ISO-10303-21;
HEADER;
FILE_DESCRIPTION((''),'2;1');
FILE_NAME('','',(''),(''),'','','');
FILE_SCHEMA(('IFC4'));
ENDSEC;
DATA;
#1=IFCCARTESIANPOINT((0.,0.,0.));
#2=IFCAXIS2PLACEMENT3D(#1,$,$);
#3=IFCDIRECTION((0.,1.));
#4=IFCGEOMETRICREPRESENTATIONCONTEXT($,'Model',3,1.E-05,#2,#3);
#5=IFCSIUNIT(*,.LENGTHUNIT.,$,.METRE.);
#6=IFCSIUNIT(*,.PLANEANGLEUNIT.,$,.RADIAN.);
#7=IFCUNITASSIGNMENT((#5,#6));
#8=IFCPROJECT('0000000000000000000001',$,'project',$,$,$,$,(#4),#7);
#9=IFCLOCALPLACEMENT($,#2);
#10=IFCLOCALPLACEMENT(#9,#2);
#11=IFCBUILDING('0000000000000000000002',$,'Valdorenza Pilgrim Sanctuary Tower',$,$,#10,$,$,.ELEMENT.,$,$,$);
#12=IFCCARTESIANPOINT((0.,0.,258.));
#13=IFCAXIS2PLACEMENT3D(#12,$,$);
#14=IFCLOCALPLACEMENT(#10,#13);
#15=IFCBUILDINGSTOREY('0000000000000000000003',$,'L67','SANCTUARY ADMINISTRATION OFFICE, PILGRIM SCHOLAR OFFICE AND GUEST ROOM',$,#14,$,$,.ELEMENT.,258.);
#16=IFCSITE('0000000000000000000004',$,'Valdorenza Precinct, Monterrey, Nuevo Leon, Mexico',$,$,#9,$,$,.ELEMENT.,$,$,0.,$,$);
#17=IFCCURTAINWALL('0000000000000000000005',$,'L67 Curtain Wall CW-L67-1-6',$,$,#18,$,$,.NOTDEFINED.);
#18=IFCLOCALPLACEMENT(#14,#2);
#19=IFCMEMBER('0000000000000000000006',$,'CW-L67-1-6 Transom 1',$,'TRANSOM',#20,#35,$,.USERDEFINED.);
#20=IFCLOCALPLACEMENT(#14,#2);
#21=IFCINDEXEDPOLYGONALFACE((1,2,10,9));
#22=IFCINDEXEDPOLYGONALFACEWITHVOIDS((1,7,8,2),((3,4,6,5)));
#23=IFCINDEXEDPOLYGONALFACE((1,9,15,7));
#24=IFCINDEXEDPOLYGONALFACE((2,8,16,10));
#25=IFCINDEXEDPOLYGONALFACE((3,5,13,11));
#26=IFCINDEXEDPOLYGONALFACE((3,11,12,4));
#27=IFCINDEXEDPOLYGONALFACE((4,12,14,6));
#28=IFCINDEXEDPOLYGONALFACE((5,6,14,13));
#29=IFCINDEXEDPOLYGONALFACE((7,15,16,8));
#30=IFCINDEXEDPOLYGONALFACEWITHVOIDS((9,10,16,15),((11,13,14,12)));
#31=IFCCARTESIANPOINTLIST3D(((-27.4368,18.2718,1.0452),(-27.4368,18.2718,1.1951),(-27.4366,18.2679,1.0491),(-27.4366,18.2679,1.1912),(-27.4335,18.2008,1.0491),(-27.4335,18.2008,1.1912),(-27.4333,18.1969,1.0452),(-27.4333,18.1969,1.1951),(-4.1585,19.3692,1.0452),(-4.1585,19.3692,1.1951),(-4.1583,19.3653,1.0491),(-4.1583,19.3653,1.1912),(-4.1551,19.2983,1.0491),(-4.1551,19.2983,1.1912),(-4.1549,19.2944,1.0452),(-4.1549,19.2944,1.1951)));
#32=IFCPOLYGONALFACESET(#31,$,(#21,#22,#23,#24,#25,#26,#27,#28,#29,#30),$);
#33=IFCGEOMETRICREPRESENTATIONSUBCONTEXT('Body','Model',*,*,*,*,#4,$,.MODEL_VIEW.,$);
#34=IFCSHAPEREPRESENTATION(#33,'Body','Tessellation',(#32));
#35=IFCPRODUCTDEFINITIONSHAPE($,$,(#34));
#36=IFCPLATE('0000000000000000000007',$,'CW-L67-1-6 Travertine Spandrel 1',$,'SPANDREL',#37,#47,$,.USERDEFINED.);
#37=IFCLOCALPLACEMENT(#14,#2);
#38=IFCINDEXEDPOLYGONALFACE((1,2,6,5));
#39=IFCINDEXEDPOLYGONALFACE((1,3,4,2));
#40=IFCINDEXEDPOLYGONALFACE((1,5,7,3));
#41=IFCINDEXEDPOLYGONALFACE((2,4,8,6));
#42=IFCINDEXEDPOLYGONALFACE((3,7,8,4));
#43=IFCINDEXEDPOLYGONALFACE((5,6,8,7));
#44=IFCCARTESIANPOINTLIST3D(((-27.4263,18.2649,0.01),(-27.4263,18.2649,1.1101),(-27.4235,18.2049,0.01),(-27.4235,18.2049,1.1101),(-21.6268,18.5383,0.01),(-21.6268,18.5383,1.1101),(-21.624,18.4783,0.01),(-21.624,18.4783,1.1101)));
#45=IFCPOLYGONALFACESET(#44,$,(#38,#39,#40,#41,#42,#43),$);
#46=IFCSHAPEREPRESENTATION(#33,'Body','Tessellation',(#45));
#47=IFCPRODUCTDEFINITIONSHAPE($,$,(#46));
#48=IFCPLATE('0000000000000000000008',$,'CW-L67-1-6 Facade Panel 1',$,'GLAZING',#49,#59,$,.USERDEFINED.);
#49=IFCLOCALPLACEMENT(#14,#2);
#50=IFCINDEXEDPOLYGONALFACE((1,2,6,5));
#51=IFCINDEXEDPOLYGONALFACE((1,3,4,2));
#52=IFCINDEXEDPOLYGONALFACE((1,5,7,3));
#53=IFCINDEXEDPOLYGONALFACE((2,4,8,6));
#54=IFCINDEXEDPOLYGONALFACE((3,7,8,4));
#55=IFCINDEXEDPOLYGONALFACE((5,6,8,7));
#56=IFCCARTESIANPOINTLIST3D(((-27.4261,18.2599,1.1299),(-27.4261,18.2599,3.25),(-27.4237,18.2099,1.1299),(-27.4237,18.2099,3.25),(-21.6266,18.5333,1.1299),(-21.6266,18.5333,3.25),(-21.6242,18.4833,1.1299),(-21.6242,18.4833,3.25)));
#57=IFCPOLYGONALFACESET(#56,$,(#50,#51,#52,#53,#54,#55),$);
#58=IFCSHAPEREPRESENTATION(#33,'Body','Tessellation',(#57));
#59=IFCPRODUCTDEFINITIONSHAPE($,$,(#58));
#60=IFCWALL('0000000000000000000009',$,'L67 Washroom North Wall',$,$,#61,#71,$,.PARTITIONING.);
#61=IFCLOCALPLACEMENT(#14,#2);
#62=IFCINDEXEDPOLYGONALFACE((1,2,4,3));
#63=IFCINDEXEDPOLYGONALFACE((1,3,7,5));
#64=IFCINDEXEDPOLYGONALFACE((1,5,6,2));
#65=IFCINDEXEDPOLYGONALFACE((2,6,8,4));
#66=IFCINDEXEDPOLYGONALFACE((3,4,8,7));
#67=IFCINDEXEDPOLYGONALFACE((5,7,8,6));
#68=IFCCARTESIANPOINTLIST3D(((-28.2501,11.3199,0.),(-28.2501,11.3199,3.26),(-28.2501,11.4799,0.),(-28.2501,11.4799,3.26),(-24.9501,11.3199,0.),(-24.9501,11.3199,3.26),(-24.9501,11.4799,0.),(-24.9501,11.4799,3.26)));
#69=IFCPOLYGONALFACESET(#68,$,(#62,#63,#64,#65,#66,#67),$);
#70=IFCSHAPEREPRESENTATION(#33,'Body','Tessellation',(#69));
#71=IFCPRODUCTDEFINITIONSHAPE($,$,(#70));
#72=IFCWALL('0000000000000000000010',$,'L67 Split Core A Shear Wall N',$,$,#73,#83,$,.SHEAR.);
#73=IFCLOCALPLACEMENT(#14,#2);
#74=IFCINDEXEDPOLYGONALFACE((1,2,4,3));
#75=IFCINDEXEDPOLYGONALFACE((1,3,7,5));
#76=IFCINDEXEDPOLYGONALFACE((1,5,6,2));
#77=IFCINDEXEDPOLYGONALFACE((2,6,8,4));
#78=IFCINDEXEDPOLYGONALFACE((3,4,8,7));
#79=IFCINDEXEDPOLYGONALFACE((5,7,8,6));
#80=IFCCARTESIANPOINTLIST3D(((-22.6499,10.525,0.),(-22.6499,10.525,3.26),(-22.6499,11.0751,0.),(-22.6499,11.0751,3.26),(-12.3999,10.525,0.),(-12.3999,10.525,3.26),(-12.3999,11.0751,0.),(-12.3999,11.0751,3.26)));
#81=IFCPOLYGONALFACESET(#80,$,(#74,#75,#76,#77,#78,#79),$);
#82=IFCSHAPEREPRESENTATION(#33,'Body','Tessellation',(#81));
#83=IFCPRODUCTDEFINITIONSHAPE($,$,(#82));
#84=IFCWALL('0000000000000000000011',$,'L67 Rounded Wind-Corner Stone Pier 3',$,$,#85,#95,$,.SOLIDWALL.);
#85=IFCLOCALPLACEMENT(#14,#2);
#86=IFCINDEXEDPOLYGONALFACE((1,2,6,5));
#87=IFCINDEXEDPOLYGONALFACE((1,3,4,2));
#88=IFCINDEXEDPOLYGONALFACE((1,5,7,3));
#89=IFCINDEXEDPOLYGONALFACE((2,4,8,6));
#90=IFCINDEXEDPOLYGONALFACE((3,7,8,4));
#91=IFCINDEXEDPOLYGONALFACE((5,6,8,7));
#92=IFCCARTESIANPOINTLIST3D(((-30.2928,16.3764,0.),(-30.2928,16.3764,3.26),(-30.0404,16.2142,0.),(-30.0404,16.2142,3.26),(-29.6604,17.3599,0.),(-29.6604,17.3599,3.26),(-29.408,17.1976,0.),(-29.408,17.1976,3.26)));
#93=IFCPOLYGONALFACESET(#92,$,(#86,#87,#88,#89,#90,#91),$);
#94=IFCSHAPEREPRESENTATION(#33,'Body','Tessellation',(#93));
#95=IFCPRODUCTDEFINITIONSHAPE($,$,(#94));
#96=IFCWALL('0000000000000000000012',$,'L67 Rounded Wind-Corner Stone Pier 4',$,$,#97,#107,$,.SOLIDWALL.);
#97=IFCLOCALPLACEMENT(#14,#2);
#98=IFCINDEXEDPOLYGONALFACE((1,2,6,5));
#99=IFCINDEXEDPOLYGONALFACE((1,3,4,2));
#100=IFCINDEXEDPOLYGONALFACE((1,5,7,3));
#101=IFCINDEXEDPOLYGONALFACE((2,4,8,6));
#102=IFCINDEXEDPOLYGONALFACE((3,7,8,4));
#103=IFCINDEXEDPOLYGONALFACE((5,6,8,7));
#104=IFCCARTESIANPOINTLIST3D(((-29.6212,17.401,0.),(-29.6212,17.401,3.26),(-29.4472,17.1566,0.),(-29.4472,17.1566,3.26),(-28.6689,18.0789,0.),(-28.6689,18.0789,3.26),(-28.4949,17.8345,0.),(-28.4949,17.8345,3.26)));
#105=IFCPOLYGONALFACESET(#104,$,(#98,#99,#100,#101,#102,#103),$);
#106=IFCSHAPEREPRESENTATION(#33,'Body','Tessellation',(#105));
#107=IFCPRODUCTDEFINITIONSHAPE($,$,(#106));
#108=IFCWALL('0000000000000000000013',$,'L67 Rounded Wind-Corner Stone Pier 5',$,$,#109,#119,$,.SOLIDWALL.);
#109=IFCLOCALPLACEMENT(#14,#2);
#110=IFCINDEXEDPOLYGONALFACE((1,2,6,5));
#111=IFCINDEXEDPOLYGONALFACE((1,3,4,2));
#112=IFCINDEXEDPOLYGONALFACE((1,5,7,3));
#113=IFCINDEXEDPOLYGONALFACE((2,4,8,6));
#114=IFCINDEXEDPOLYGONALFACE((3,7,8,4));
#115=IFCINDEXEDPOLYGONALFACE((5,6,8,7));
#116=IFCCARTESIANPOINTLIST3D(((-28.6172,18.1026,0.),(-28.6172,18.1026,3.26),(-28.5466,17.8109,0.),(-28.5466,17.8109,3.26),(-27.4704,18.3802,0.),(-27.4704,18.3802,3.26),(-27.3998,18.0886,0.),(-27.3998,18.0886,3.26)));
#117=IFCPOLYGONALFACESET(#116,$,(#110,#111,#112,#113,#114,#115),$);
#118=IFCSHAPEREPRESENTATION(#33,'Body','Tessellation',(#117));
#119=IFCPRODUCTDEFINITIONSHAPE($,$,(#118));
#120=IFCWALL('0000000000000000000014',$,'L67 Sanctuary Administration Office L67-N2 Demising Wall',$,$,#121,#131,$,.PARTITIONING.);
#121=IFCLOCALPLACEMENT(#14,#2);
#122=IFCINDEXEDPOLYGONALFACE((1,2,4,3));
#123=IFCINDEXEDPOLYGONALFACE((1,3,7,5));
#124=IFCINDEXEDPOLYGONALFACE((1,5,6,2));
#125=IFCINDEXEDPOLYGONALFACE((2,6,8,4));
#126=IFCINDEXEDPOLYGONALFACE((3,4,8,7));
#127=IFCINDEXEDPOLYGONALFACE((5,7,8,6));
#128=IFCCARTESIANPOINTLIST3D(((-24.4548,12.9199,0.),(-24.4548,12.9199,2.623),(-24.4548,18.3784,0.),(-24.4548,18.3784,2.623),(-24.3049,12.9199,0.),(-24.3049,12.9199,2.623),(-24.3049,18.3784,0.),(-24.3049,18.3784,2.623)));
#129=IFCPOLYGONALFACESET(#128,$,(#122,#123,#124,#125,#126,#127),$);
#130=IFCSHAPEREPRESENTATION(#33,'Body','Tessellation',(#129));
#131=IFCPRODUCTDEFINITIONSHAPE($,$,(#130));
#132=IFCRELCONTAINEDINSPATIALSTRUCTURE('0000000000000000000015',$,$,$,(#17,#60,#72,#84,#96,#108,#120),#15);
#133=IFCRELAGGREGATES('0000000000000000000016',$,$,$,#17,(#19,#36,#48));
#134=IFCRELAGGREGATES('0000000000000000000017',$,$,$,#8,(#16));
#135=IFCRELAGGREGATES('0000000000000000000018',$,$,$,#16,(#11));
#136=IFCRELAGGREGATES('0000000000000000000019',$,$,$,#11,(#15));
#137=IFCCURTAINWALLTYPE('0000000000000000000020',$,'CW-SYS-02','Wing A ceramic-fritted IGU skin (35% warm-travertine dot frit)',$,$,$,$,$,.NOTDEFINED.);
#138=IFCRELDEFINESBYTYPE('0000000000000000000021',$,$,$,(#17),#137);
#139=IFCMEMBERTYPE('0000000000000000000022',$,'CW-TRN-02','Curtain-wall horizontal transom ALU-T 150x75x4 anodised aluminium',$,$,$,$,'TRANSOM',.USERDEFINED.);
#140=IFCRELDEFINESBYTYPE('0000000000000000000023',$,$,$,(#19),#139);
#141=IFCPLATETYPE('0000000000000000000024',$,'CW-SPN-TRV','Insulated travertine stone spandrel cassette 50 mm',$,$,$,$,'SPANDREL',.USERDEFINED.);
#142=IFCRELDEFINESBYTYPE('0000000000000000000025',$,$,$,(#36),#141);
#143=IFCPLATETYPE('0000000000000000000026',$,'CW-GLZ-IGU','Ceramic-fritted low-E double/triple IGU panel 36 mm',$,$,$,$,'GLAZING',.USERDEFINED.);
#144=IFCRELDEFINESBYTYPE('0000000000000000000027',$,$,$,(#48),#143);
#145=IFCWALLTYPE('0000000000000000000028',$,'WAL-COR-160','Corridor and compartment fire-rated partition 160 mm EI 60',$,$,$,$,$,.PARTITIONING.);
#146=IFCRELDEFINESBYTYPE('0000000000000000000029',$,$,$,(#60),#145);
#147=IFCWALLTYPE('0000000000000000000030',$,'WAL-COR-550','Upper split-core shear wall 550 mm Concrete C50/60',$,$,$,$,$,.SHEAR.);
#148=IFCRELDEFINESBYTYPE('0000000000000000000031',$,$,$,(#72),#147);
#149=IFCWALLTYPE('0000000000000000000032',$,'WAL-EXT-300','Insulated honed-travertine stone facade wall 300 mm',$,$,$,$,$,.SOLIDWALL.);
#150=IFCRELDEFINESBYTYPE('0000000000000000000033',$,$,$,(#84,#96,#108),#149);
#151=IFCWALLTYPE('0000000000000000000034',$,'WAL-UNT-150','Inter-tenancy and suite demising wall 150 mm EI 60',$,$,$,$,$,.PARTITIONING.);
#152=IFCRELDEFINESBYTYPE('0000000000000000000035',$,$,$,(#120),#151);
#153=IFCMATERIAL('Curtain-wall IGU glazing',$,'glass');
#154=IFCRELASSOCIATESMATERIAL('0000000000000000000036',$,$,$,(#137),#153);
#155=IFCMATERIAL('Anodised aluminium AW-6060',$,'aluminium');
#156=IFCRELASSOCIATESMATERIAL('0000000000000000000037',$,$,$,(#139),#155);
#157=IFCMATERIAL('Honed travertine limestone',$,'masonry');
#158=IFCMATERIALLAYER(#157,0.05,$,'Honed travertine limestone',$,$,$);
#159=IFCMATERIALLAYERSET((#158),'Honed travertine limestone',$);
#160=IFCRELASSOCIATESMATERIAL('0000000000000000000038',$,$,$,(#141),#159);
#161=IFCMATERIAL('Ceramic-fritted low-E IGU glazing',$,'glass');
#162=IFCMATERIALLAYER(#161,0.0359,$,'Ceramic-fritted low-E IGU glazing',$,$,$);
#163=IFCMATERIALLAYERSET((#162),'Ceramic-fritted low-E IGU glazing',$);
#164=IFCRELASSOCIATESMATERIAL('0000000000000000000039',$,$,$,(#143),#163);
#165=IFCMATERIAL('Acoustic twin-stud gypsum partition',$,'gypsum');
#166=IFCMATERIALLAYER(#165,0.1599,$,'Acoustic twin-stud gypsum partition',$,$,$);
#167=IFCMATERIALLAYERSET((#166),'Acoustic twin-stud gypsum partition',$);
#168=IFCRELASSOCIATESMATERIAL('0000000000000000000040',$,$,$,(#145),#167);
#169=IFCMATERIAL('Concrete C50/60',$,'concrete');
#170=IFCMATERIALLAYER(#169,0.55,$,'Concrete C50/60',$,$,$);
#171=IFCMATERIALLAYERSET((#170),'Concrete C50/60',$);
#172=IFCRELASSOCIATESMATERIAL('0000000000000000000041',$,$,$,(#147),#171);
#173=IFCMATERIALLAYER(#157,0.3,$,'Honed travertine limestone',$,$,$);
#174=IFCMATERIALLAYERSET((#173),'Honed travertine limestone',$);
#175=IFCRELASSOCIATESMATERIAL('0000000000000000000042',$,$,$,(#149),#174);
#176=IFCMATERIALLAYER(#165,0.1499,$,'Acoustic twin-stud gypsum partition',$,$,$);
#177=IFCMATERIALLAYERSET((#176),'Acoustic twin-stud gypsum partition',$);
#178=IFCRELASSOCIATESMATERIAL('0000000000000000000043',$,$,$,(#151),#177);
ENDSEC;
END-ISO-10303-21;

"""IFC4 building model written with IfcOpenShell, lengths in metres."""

from ifc_helpers import new_model, si_unit, direction, frame, frame_2d, origin, origin_2d, place, context, subcontext, project, spatial, rectangle, hollow_rectangle, extrude, source, transform, mapped, material, layer, layer_set, material_profile, profile_set, type_object, element, aggregate, save


model = new_model("IFC4")

# Units and contexts
model_context = context("Model", 3, precision=1e-05, world=origin(), true_north=direction((0.0, 1.0)))
body_context = subcontext(model_context, "Body", "Model", "MODEL_VIEW")
ifc_project = project(units=[si_unit("LENGTHUNIT", "METRE"), si_unit("PLANEANGLEUNIT", "RADIAN")], contexts=[model_context])

# Site, building, storey
site_placement = place(None, origin())
site = spatial("IfcSite", under=ifc_project, at=site_placement, Name="Valdorenza Precinct, Monterrey, Nuevo Leon, Mexico", CompositionType="ELEMENT", RefElevation=0.0)
building_placement = place(site_placement, origin())
building = spatial("IfcBuilding", under=site, at=building_placement, Name="Valdorenza Pilgrim Sanctuary Tower", CompositionType="ELEMENT")
storey_placement = place(building_placement, frame((0.0, 0.0, 258.0)))
storey = spatial("IfcBuildingStorey", under=building, at=storey_placement, Name="L67", Description="SANCTUARY ADMINISTRATION OFFICE, PILGRIM SCHOLAR OFFICE AND GUEST ROOM", CompositionType="ELEMENT", Elevation=258.0)

# Shared definitions
ifc_material_1 = material(Name="Concrete C50/60", Category="concrete")

# Curtain wall, member, plates
ifc_material_2 = material(Name="Curtain-wall IGU glazing", Category="glass")
curtain_wall_type = type_object("IfcCurtainWallType", Name="CW-SYS-02", Description="Wing A ceramic-fritted IGU skin (35% warm-travertine dot frit)", PredefinedType="NOTDEFINED", material=ifc_material_2)
curtain_wall_placement = place(storey_placement, origin())
curtain_wall = element("IfcCurtainWall", 1, at=curtain_wall_placement, inside=storey, type_object=curtain_wall_type, Name="L67 Curtain Wall CW-L67-1-6", PredefinedType="NOTDEFINED")
ifc_material_3 = material(Name="Anodised aluminium AW-6060", Category="aluminium")
ifc_material_profile_1 = material_profile(ifc_material_3, hollow_rectangle(XDim=0.075, YDim=0.1499, WallThickness=0.0039, at=origin_2d()), Name="ALU-T 150x75x4")
ifc_profile_set_1 = profile_set([ifc_material_profile_1], Name="Anodised aluminium AW-6060")
member_type_1 = type_object("IfcMemberType", Name="CW-TRN-02", Description="Curtain-wall horizontal transom ALU-T 150x75x4 anodised aluminium", ElementType="TRANSOM", PredefinedType="USERDEFINED", material=ifc_profile_set_1)
shared_shape_1 = source(origin(), body_context, "Body", "SweptSolid", [
    extrude(hollow_rectangle(XDim=0.075, YDim=0.1499, WallThickness=0.0039, at=origin_2d()), origin(), (0.0, 0.0, 1.0), 23.3042),
])
member_1_placement = place(storey_placement, frame((-27.4351, 18.2344, 1.1201), z_axis=(0.998891, 0.047091, 0.0), x_axis=(-0.047091, 0.998891, 0.0)))
member_1 = element("IfcMember", 2, at=member_1_placement, type_object=member_type_1, Name="CW-L67-1-6 Transom 1", ObjectType="TRANSOM", PredefinedType="USERDEFINED", context=body_context, shape_type="MappedRepresentation", body=[
    mapped(shared_shape_1, transform((0.0, 0.0, 0.0), x_axis=(1.0, 0.0, 0.0), y_axis=(0.0, 1.0, 0.0), z_axis=(0.0, 0.0, 1.0), scale=1.0)),
])
ifc_material_4 = material(Name="Honed travertine limestone", Category="masonry")
ifc_layer_1 = layer(ifc_material_4, 0.05, Name="Honed travertine limestone")
ifc_layer_set_1 = layer_set([ifc_layer_1], Name="Honed travertine limestone")
plate_type_1 = type_object("IfcPlateType", Name="CW-SPN-TRV", Description="Insulated travertine stone spandrel cassette 50 mm", ElementType="SPANDREL", PredefinedType="USERDEFINED", material=ifc_layer_set_1)
shared_shape_2 = source(origin(), body_context, "Body", "SweptSolid", [
    extrude(rectangle(XDim=5.8059, YDim=0.0601, at=origin_2d()), origin(), (0.0, 0.0, 1.0), 1.1001),
])
plate_1_placement = place(storey_placement, frame((-24.5251, 18.3716, 0.01), z_axis=(0.0, 0.0, 1.0), x_axis=(0.998891, 0.047089, 0.0)))
plate_1 = element("IfcPlate", 3, at=plate_1_placement, type_object=plate_type_1, Name="CW-L67-1-6 Travertine Spandrel 1", ObjectType="SPANDREL", PredefinedType="USERDEFINED", context=body_context, shape_type="MappedRepresentation", body=[
    mapped(shared_shape_2, transform((0.0, 0.0, 0.0), x_axis=(1.0, 0.0, 0.0), y_axis=(0.0, 1.0, 0.0), z_axis=(0.0, 0.0, 1.0), scale=1.0)),
])
ifc_material_5 = material(Name="Ceramic-fritted low-E IGU glazing", Category="glass")
ifc_layer_2 = layer(ifc_material_5, 0.0359, Name="Ceramic-fritted low-E IGU glazing")
ifc_layer_set_2 = layer_set([ifc_layer_2], Name="Ceramic-fritted low-E IGU glazing")
plate_type_2 = type_object("IfcPlateType", Name="CW-GLZ-IGU", Description="Ceramic-fritted low-E double/triple IGU panel 36 mm", ElementType="GLAZING", PredefinedType="USERDEFINED", material=ifc_layer_set_2)
shared_shape_3 = source(origin(), body_context, "Body", "SweptSolid", [
    extrude(rectangle(XDim=5.8059, YDim=0.05, at=origin_2d()), origin(), (0.0, 0.0, 1.0), 2.1201),
])
plate_2_placement = place(storey_placement, frame((-24.5251, 18.3716, 1.1299), z_axis=(0.0, 0.0, 1.0), x_axis=(0.998891, 0.047089, 0.0)))
plate_2 = element("IfcPlate", 4, at=plate_2_placement, type_object=plate_type_2, Name="CW-L67-1-6 Facade Panel 1", ObjectType="GLAZING", PredefinedType="USERDEFINED", context=body_context, shape_type="MappedRepresentation", body=[
    mapped(shared_shape_3, transform((0.0, 0.0, 0.0), x_axis=(1.0, 0.0, 0.0), y_axis=(0.0, 1.0, 0.0), z_axis=(0.0, 0.0, 1.0), scale=1.0)),
])
aggregate(curtain_wall, [member_1, plate_1, plate_2])

# Walls
ifc_material_6 = material(Name="Acoustic twin-stud gypsum partition", Category="gypsum")
ifc_layer_3 = layer(ifc_material_6, 0.1599, Name="Acoustic twin-stud gypsum partition")
ifc_layer_set_3 = layer_set([ifc_layer_3], Name="Acoustic twin-stud gypsum partition")
wall_type_1 = type_object("IfcWallType", Name="WAL-COR-160", Description="Corridor and compartment fire-rated partition 160 mm EI 60", PredefinedType="PARTITIONING", material=ifc_layer_set_3)
wall_1_placement = place(storey_placement, frame((-28.25, 11.3999, 0.0), z_axis=(0.0, 0.0, 1.0), x_axis=(1.0, 0.0, 0.0)))
element("IfcWall", 5, at=wall_1_placement, inside=storey, type_object=wall_type_1, Name="L67 Washroom North Wall", PredefinedType="PARTITIONING", context=body_context, shape_type="SweptSolid", body=[
    extrude(rectangle(XDim=3.3, YDim=0.1599, at=frame_2d((1.6499, 0.0))), origin(), (0.0, 0.0, 1.0), 3.26),
])
ifc_layer_4 = layer(ifc_material_1, 0.55, Name="Concrete C50/60")
ifc_layer_set_4 = layer_set([ifc_layer_4], Name="Concrete C50/60")
wall_type_2 = type_object("IfcWallType", Name="WAL-COR-550", Description="Upper split-core shear wall 550 mm Concrete C50/60", PredefinedType="SHEAR", material=ifc_layer_set_4)
wall_2_placement = place(storey_placement, frame((-22.6499, 10.8, 0.0), z_axis=(0.0, 0.0, 1.0), x_axis=(1.0, 0.0, 0.0)))
element("IfcWall", 6, at=wall_2_placement, inside=storey, type_object=wall_type_2, Name="L67 Split Core A Shear Wall N", PredefinedType="SHEAR", context=body_context, shape_type="SweptSolid", body=[
    extrude(rectangle(XDim=10.25, YDim=0.55, at=frame_2d((5.125, 0.0))), origin(), (0.0, 0.0, 1.0), 3.26),
])
ifc_layer_5 = layer(ifc_material_4, 0.3, Name="Honed travertine limestone")
ifc_layer_set_5 = layer_set([ifc_layer_5], Name="Honed travertine limestone")
wall_type_3 = type_object("IfcWallType", Name="WAL-EXT-300", Description="Insulated honed-travertine stone facade wall 300 mm", PredefinedType="SOLIDWALL", material=ifc_layer_set_5)
wall_3_placement = place(storey_placement, frame((-30.1665, 16.2954, 0.0), z_axis=(0.0, 0.0, 1.0), x_axis=(0.540842, 0.841124, 0.0)))
element("IfcWall", 7, at=wall_3_placement, inside=storey, type_object=wall_type_3, Name="L67 Rounded Wind-Corner Stone Pier 3", PredefinedType="SOLIDWALL", context=body_context, shape_type="SweptSolid", body=[
    extrude(rectangle(XDim=1.1692, YDim=0.3, at=frame_2d((0.5845, 0.0))), origin(), (0.0, 0.0, 1.0), 3.26),
])
wall_4_placement = place(storey_placement, frame((-29.5342, 17.2788, 0.0), z_axis=(0.0, 0.0, 1.0), x_axis=(0.814664, 0.579934, 0.0)))
element("IfcWall", 8, at=wall_4_placement, inside=storey, type_object=wall_type_3, Name="L67 Rounded Wind-Corner Stone Pier 4", PredefinedType="SOLIDWALL", context=body_context, shape_type="SweptSolid", body=[
    extrude(rectangle(XDim=1.1689, YDim=0.3, at=frame_2d((0.5845, 0.0))), origin(), (0.0, 0.0, 1.0), 3.26),
])
wall_5_placement = place(storey_placement, frame((-28.5818, 17.9568, 0.0), z_axis=(0.0, 0.0, 1.0), x_axis=(0.971929, 0.235274, 0.0)))
element("IfcWall", 9, at=wall_5_placement, inside=storey, type_object=wall_type_3, Name="L67 Rounded Wind-Corner Stone Pier 5", PredefinedType="SOLIDWALL", context=body_context, shape_type="SweptSolid", body=[
    extrude(rectangle(XDim=1.1799, YDim=0.3, at=frame_2d((0.5898, 0.0))), origin(), (0.0, 0.0, 1.0), 3.26),
])
ifc_layer_6 = layer(ifc_material_6, 0.1499, Name="Acoustic twin-stud gypsum partition")
ifc_layer_set_6 = layer_set([ifc_layer_6], Name="Acoustic twin-stud gypsum partition")
wall_type_4 = type_object("IfcWallType", Name="WAL-UNT-150", Description="Inter-tenancy and suite demising wall 150 mm EI 60", PredefinedType="PARTITIONING", material=ifc_layer_set_6)
wall_6_placement = place(storey_placement, frame((-24.3799, 12.9199, 0.0), z_axis=(0.0, 0.0, 1.0), x_axis=(0.0, 1.0, 0.0)))
element("IfcWall", 10, at=wall_6_placement, inside=storey, type_object=wall_type_4, Name="L67 Sanctuary Administration Office L67-N2 Demising Wall", PredefinedType="PARTITIONING", context=body_context, shape_type="SweptSolid", body=[
    extrude(rectangle(XDim=5.4585, YDim=0.1499, at=frame_2d((2.7292, 0.0))), origin(), (0.0, 0.0, 1.0), 2.623),
])

save(model, "model.ifc")
